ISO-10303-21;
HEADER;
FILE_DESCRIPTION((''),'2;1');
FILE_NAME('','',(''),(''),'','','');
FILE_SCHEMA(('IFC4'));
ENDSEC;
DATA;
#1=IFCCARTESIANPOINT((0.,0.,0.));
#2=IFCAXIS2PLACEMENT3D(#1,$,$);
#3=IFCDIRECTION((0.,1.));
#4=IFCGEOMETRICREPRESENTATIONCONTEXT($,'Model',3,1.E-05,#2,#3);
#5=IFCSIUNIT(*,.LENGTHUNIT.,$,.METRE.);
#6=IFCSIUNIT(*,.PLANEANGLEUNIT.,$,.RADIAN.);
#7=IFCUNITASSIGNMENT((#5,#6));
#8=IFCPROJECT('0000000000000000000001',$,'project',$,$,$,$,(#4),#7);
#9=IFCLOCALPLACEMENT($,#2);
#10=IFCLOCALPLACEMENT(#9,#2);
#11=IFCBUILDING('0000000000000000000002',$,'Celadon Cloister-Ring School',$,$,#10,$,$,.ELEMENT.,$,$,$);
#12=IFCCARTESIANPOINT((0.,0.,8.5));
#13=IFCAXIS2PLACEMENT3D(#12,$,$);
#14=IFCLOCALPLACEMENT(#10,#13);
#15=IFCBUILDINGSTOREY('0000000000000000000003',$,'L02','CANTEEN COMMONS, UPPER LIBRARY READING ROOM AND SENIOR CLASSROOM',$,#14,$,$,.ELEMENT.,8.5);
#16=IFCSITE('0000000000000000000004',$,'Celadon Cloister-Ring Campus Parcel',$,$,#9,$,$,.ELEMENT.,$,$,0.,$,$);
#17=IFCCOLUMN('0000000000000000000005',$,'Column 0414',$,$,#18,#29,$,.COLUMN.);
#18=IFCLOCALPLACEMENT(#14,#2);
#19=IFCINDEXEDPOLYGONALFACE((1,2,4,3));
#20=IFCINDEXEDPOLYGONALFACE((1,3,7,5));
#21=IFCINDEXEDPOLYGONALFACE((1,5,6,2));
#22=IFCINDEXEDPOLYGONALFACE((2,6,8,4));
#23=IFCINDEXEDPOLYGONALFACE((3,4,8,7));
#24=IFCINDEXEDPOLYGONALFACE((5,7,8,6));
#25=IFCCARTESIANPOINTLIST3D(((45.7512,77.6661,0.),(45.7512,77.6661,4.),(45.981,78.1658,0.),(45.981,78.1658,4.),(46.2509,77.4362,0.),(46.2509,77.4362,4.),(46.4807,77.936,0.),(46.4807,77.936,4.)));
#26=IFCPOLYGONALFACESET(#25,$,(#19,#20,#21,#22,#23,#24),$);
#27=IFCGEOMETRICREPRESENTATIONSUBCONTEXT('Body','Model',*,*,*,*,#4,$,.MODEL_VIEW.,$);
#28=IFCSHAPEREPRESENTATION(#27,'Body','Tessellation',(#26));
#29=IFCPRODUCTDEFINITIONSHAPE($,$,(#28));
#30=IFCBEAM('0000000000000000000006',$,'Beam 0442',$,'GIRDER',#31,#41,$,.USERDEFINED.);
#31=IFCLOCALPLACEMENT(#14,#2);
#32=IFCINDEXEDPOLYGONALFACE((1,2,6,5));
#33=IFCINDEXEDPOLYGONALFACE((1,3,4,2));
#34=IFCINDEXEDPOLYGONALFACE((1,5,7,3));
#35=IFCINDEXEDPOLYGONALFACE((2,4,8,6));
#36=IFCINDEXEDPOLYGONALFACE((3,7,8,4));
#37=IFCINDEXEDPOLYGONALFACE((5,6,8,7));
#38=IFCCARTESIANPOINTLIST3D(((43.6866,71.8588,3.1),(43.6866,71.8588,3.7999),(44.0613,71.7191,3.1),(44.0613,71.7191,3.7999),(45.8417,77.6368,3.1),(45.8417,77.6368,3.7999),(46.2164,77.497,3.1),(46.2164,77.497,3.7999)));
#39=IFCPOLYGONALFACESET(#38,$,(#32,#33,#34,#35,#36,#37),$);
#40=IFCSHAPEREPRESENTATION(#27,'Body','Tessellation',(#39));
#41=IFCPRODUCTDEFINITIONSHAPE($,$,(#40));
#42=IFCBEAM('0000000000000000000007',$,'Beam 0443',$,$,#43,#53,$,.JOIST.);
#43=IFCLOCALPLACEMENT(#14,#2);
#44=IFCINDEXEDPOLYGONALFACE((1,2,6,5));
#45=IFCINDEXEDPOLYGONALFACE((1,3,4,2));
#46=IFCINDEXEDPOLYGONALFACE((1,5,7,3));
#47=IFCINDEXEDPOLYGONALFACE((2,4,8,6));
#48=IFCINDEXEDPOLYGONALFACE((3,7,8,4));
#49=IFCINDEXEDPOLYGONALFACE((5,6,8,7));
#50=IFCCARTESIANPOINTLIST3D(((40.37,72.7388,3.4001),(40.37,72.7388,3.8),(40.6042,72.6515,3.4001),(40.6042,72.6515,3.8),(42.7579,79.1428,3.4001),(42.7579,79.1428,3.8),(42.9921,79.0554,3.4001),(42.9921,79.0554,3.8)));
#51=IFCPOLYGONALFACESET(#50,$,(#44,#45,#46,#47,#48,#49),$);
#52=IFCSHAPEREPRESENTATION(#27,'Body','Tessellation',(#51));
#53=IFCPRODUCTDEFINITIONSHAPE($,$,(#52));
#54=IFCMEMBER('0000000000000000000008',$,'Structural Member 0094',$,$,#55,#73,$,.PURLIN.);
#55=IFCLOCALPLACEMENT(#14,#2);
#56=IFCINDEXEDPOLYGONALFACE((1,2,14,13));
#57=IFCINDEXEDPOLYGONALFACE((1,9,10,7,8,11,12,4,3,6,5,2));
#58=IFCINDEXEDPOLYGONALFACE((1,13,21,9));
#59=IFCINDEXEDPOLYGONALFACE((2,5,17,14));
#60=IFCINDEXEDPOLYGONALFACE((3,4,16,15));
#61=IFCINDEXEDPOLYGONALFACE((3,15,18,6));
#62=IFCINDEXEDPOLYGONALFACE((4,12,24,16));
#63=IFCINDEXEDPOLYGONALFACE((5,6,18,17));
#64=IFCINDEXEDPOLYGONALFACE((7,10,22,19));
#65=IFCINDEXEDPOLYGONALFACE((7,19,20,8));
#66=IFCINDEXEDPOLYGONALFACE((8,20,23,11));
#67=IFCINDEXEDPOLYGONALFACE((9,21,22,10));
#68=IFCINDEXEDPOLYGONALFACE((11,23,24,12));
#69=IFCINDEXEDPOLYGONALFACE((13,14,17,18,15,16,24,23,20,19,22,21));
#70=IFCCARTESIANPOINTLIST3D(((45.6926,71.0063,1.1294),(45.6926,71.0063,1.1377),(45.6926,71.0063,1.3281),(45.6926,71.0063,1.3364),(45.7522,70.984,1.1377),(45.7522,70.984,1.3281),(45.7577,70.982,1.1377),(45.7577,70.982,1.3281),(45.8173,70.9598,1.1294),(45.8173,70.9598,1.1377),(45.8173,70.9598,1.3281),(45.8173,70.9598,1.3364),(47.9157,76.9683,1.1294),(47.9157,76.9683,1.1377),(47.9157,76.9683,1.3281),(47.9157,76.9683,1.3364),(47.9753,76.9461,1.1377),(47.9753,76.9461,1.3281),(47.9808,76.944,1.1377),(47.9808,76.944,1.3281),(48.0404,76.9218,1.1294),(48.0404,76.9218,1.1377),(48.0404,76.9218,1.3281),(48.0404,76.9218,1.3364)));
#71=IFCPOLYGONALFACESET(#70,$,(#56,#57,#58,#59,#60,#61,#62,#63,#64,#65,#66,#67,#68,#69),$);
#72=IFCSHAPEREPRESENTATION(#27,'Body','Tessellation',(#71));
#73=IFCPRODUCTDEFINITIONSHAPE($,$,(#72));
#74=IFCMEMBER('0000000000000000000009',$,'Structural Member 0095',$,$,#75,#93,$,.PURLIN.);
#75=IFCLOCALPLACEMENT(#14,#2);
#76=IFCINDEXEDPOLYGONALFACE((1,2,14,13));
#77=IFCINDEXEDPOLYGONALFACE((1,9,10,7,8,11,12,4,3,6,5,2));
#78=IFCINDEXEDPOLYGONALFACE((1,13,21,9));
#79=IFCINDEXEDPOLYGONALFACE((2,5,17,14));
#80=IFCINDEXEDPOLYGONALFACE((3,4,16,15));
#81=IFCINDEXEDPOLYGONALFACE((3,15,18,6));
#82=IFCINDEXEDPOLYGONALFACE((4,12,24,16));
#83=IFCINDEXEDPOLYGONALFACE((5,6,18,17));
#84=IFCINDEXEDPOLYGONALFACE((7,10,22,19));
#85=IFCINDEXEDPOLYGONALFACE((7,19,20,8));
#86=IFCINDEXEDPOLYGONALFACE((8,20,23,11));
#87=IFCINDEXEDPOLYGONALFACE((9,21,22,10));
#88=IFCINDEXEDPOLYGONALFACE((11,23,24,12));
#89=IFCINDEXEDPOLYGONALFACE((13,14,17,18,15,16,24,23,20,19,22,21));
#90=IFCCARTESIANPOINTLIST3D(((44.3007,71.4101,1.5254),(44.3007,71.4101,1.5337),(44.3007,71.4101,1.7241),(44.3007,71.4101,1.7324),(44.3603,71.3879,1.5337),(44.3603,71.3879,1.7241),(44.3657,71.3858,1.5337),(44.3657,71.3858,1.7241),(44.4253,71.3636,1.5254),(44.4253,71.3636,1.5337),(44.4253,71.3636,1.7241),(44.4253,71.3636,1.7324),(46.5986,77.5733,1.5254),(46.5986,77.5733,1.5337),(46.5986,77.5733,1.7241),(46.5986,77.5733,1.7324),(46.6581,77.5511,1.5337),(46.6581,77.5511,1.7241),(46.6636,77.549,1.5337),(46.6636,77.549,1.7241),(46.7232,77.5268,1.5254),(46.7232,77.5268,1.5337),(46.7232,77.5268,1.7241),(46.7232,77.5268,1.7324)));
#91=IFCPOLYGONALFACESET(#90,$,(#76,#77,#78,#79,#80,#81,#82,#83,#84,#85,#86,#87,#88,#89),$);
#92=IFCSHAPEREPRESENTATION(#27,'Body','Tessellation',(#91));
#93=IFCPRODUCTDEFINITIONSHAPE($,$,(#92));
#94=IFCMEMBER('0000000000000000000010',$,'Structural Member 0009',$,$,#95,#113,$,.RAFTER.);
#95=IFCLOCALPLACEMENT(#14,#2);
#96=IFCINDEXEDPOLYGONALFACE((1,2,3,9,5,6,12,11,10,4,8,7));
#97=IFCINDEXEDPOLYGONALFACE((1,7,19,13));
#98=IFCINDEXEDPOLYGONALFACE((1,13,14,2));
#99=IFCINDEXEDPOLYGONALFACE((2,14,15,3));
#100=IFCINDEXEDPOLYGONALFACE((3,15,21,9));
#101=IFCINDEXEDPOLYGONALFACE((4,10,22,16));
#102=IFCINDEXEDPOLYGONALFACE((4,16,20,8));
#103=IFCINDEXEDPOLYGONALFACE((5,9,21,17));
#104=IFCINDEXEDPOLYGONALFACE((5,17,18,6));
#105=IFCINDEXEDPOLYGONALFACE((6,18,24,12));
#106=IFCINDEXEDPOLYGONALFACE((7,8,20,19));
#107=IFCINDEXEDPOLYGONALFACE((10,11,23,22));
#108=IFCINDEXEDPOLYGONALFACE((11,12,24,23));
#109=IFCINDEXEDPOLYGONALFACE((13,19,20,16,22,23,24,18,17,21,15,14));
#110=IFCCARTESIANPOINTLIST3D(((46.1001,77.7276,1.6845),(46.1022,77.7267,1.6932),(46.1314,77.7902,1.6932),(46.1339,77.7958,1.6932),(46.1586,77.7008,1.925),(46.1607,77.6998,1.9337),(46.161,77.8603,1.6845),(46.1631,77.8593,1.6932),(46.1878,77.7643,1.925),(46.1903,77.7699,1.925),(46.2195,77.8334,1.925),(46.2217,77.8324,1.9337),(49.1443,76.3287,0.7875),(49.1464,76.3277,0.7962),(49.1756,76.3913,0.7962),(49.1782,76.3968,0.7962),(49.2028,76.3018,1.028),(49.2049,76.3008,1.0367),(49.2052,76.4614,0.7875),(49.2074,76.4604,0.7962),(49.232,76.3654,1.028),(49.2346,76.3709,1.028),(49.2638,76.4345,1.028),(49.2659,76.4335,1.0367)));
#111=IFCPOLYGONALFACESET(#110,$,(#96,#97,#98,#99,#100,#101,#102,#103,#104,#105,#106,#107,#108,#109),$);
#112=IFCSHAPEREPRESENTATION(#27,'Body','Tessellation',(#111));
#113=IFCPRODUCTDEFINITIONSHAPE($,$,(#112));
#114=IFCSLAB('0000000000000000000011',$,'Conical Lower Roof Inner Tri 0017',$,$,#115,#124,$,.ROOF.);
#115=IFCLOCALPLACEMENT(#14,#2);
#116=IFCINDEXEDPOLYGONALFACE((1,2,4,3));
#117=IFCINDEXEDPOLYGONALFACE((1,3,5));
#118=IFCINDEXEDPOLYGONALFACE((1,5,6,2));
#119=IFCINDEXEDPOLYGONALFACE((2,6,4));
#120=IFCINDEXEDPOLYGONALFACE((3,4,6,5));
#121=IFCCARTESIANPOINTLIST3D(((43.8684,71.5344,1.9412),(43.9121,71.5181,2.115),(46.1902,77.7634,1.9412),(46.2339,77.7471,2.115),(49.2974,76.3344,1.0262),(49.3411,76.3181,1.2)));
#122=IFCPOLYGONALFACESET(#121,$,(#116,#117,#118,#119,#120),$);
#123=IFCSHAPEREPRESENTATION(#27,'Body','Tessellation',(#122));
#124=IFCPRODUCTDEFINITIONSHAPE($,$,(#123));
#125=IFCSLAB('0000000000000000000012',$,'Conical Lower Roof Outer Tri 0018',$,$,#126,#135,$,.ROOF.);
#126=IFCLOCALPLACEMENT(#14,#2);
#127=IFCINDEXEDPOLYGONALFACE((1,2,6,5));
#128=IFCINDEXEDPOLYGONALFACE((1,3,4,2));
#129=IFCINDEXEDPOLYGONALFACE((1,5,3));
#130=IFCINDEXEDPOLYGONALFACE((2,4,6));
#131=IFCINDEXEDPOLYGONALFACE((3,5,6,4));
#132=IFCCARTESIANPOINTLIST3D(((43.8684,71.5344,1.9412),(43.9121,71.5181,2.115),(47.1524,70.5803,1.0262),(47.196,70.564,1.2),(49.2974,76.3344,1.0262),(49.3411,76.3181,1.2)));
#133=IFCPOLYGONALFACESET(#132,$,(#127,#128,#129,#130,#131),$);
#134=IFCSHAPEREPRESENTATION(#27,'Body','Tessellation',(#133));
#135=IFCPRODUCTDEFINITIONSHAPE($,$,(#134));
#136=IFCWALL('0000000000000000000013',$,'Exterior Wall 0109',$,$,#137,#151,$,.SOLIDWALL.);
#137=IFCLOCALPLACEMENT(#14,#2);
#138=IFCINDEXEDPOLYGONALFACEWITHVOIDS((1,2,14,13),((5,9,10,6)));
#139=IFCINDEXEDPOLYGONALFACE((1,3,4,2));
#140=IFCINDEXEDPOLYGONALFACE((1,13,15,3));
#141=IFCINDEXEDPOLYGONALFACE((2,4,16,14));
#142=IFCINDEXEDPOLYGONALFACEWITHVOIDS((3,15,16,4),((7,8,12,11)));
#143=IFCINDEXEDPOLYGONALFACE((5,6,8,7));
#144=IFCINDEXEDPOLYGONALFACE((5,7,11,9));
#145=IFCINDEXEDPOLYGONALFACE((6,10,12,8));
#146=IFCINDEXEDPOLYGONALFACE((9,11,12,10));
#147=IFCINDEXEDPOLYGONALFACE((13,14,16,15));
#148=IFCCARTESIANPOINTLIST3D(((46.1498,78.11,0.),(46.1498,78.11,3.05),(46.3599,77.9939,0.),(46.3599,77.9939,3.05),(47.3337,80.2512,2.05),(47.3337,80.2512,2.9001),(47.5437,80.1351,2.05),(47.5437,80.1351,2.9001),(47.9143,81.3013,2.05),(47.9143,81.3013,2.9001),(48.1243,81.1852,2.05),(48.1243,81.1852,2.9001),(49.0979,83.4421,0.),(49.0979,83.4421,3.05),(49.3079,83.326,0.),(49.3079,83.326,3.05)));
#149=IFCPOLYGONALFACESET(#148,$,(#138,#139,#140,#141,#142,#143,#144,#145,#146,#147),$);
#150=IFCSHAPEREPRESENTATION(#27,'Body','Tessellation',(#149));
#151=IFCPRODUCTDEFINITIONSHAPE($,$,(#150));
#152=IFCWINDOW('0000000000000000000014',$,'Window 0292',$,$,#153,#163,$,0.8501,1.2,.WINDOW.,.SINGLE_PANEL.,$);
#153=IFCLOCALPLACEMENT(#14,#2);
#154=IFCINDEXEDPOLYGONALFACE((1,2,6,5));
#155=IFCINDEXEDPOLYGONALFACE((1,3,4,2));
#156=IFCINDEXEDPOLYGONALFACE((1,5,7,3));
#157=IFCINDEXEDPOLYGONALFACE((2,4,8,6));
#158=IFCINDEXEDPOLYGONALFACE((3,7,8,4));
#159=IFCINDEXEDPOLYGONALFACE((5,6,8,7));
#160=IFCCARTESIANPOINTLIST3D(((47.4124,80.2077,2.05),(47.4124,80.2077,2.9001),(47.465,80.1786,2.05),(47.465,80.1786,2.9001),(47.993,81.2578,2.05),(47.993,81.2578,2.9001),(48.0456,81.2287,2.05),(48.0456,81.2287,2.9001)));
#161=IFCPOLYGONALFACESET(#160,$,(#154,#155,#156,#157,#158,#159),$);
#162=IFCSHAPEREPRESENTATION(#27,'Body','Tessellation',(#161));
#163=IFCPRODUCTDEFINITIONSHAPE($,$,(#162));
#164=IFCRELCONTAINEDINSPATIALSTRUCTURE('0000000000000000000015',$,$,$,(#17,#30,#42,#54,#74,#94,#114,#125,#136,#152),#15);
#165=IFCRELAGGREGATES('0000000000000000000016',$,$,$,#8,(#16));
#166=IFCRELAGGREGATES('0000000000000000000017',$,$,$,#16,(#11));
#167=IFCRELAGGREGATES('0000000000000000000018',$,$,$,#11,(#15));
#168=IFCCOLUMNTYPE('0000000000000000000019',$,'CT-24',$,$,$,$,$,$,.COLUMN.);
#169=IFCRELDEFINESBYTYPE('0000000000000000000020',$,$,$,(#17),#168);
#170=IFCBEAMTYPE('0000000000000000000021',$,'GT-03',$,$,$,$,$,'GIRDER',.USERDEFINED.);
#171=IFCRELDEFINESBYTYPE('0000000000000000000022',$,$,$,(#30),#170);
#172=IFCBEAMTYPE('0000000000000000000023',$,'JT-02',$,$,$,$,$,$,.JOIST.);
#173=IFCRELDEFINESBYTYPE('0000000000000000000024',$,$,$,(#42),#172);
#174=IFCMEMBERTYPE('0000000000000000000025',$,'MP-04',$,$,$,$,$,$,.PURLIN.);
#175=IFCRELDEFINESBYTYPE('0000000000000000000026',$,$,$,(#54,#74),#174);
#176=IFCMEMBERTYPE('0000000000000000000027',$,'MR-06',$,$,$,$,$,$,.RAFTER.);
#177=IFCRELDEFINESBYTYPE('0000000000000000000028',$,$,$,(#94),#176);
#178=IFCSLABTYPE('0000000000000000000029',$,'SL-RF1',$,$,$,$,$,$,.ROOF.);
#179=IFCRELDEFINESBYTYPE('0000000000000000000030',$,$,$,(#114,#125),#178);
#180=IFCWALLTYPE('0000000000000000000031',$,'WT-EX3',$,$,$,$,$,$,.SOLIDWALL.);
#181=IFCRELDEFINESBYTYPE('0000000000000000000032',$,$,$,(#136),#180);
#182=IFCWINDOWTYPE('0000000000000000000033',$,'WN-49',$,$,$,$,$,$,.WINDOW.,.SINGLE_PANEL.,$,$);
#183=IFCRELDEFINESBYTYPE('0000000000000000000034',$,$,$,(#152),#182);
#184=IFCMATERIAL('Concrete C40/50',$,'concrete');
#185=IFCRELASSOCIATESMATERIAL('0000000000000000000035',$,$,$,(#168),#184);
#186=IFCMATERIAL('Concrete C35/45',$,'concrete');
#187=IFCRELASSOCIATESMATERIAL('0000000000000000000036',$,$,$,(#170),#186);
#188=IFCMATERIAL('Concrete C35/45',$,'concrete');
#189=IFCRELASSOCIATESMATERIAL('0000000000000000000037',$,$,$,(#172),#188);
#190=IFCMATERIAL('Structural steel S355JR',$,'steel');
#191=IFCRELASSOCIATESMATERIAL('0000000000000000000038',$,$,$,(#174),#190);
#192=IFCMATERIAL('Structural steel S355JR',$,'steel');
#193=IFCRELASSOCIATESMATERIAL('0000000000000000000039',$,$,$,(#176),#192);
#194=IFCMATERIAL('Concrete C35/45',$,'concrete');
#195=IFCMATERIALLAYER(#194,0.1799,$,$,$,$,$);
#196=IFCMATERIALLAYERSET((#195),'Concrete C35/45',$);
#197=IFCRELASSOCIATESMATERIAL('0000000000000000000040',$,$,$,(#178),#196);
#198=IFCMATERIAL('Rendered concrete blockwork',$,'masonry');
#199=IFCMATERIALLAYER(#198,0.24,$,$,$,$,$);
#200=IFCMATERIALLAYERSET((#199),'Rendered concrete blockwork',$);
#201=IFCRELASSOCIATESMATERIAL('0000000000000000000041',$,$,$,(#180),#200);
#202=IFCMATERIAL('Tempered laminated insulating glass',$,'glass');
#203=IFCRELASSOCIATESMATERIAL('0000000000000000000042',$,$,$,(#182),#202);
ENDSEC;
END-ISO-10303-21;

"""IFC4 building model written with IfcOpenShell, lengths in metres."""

from ifc_helpers import new_model, si_unit, direction, frame, frame_2d, origin, origin_2d, place, context, subcontext, project, spatial, polyline, rectangle, i_section, outline, extrude, material, layer, layer_set, material_profile, profile_set, type_object, element, fill, save


model = new_model("IFC4")

# Units and contexts
model_context = context("Model", 3, precision=1e-05, world=origin(), true_north=direction((0.0, 1.0)))
body_context = subcontext(model_context, "Body", "Model", "MODEL_VIEW")
ifc_project = project(units=[si_unit("LENGTHUNIT", "METRE"), si_unit("PLANEANGLEUNIT", "RADIAN")], contexts=[model_context])

# Site, building, storey
site_placement = place(None, origin())
site = spatial("IfcSite", under=ifc_project, at=site_placement, Name="Celadon Cloister-Ring Campus Parcel", CompositionType="ELEMENT", RefElevation=0.0)
building_placement = place(site_placement, origin())
building = spatial("IfcBuilding", under=site, at=building_placement, Name="Celadon Cloister-Ring School", CompositionType="ELEMENT")
storey_placement = place(building_placement, frame((0.0, 0.0, 8.5)))
storey = spatial("IfcBuildingStorey", under=building, at=storey_placement, Name="L02", Description="CANTEEN COMMONS, UPPER LIBRARY READING ROOM AND SENIOR CLASSROOM", CompositionType="ELEMENT", Elevation=8.5)

# Column
ifc_material_1 = material(Name="Concrete C40/50", Category="concrete")
ifc_material_profile_1 = material_profile(ifc_material_1, rectangle(XDim=0.55, YDim=0.55, at=origin_2d()), Name="RC550X550")
ifc_profile_set_1 = profile_set([ifc_material_profile_1], Name="Concrete C40/50")
column_type = type_object("IfcColumnType", Name="CT-24", PredefinedType="COLUMN", material=ifc_profile_set_1)
column_placement = place(storey_placement, frame((46.116, 77.801, 0.0), z_axis=(0.0, 0.0, 1.0), x_axis=(-0.908537, 0.417804, 0.0)))
element("IfcColumn", 1, at=column_placement, inside=storey, type_object=column_type, Name="Column 0414", PredefinedType="COLUMN", context=body_context, shape_type="SweptSolid", body=[
    extrude(rectangle(XDim=0.55, YDim=0.55, at=origin_2d()), origin(), (0.0, 0.0, 1.0), 4.0),
])

# Beams
ifc_material_2 = material(Name="Concrete C35/45", Category="concrete")
ifc_material_profile_2 = material_profile(ifc_material_2, rectangle(XDim=0.3999, YDim=0.7, at=origin_2d()), Name="RC400X700")
ifc_profile_set_2 = profile_set([ifc_material_profile_2], Name="Concrete C35/45")
beam_type_1 = type_object("IfcBeamType", Name="GT-03", ElementType="GIRDER", PredefinedType="USERDEFINED", material=ifc_profile_set_2)
beam_1_placement = place(storey_placement, frame((46.0291, 77.5669, 3.45), z_axis=(-0.349466, -0.936949, 0.0), x_axis=(0.936949, -0.349466, 0.0)))
element("IfcBeam", 2, at=beam_1_placement, inside=storey, type_object=beam_type_1, Name="Beam 0442", ObjectType="GIRDER", PredefinedType="USERDEFINED", context=body_context, shape_type="SweptSolid", body=[
    extrude(rectangle(XDim=0.3999, YDim=0.7, at=origin_2d()), origin(), (0.0, 0.0, 1.0), 6.1667),
])
ifc_material_3 = material(Name="Concrete C35/45", Category="concrete")
ifc_material_profile_3 = material_profile(ifc_material_3, rectangle(XDim=0.25, YDim=0.3999, at=origin_2d()), Name="RC250X400")
ifc_profile_set_3 = profile_set([ifc_material_profile_3], Name="Concrete C35/45")
beam_type_2 = type_object("IfcBeamType", Name="JT-02", PredefinedType="JOIST", material=ifc_profile_set_3)
beam_2_placement = place(storey_placement, frame((42.875, 79.0991, 3.6001), z_axis=(-0.349381, -0.936981, 0.0), x_axis=(0.936981, -0.349381, 0.0)))
element("IfcBeam", 3, at=beam_2_placement, inside=storey, type_object=beam_type_2, Name="Beam 0443", PredefinedType="JOIST", context=body_context, shape_type="SweptSolid", body=[
    extrude(rectangle(XDim=0.25, YDim=0.3999, at=origin_2d()), origin(), (0.0, 0.0, 1.0), 6.8347),
])

# Members
ifc_material_4 = material(Name="Structural steel S355JR", Category="steel")
ifc_material_profile_4 = material_profile(ifc_material_4, i_section(OverallWidth=0.1331, OverallDepth=0.207, WebThickness=0.0059, FlangeThickness=0.0083, at=origin_2d()), Name="W200X27")
ifc_profile_set_4 = profile_set([ifc_material_profile_4], Name="Structural steel S355JR")
member_type_1 = type_object("IfcMemberType", Name="MP-04", PredefinedType="PURLIN", material=ifc_profile_set_4)
member_1_placement = place(storey_placement, frame((47.978, 76.9451, 1.2329), z_axis=(-0.349378, -0.936982, 0.0), x_axis=(0.936982, -0.349378, 0.0)))
element("IfcMember", 4, at=member_1_placement, inside=storey, type_object=member_type_1, Name="Structural Member 0094", PredefinedType="PURLIN", context=body_context, shape_type="SweptSolid", body=[
    extrude(i_section(OverallWidth=0.1331, OverallDepth=0.207, WebThickness=0.0059, FlangeThickness=0.0083, at=origin_2d()), origin(), (0.0, 0.0, 1.0), 6.363),
])
member_2_placement = place(storey_placement, frame((46.6609, 77.55, 1.6289), z_axis=(-0.349349, -0.936993, 0.0), x_axis=(0.936993, -0.349349, 0.0)))
element("IfcMember", 5, at=member_2_placement, inside=storey, type_object=member_type_1, Name="Structural Member 0095", PredefinedType="PURLIN", context=body_context, shape_type="SweptSolid", body=[
    extrude(i_section(OverallWidth=0.1331, OverallDepth=0.207, WebThickness=0.0059, FlangeThickness=0.0083, at=origin_2d()), origin(), (0.0, 0.0, 1.0), 6.5776),
])
ifc_material_5 = material(Name="Structural steel S355JR", Category="steel")
ifc_material_profile_5 = material_profile(ifc_material_5, i_section(OverallWidth=0.146, OverallDepth=0.2581, WebThickness=0.0061, FlangeThickness=0.009, at=origin_2d()), Name="W250X33")
ifc_profile_set_5 = profile_set([ifc_material_profile_5], Name="Structural steel S355JR")
member_type_2 = type_object("IfcMemberType", Name="MR-06", PredefinedType="RAFTER", material=ifc_profile_set_5)
member_3_placement = place(storey_placement, frame((49.2051, 76.3811, 0.9121), z_axis=(-0.877735, 0.403354, 0.258625), x_axis=(-0.41756, -0.908649, 0.0)))
element("IfcMember", 6, at=member_3_placement, inside=storey, type_object=member_type_2, Name="Structural Member 0009", PredefinedType="RAFTER", context=body_context, shape_type="SweptSolid", body=[
    extrude(i_section(OverallWidth=0.146, OverallDepth=0.2581, WebThickness=0.0061, FlangeThickness=0.009, at=origin_2d()), origin(), (0.0, 0.0, 1.0), 3.4683),
])

# Slabs
ifc_material_6 = material(Name="Concrete C35/45", Category="concrete")
ifc_layer_1 = layer(ifc_material_6, 0.1799)
ifc_layer_set_1 = layer_set([ifc_layer_1], Name="Concrete C35/45")
slab_type = type_object("IfcSlabType", Name="SL-RF1", PredefinedType="ROOF", material=ifc_layer_set_1)
slab_1_placement = place(storey_placement, frame((49.3411, 76.3181, 1.2), z_axis=(0.242811, -0.090505, 0.965843), x_axis=(-0.877658, 0.403625, 0.258463)))
element("IfcSlab", 7, at=slab_1_placement, inside=storey, type_object=slab_type, Name="Conical Lower Roof Inner Tri 0017", PredefinedType="ROOF", context=body_context, shape_type="SweptSolid", body=[
    extrude(outline(polyline([(0.0, 0.0), (3.5403, 0.0), (3.0639, 6.6305), (0.0, 0.0)])), origin(), (0.0, 0.0, -1.0), 0.1799),
])
slab_2_placement = place(storey_placement, frame((49.3411, 76.3181, 1.2), z_axis=(0.242823, -0.090519, 0.965838), x_axis=(-0.743265, -0.657163, 0.125276)))
element("IfcSlab", 8, at=slab_2_placement, inside=storey, type_object=slab_type, Name="Conical Lower Roof Outer Tri 0018", PredefinedType="ROOF", context=body_context, shape_type="SweptSolid", body=[
    extrude(outline(polyline([(0.0, 0.0), (7.3042, 0.0), (5.3757, 2.9686), (0.0, 0.0)])), origin(), (0.0, 0.0, -1.0), 0.1799),
])

# Wall, opening, window
ifc_material_7 = material(Name="Rendered concrete blockwork", Category="masonry")
ifc_layer_2 = layer(ifc_material_7, 0.24)
ifc_layer_set_2 = layer_set([ifc_layer_2], Name="Rendered concrete blockwork")
wall_type_1 = type_object("IfcWallType", Name="WT-EX3", PredefinedType="SOLIDWALL", material=ifc_layer_set_2)
wall_1_placement = place(storey_placement, frame((49.2029, 83.384, 0.0), z_axis=(0.0, 0.0, 1.0), x_axis=(-0.483856, -0.875148, 0.0)))
wall_1 = element("IfcWall", 9, at=wall_1_placement, inside=storey, type_object=wall_type_1, Name="Exterior Wall 0109", PredefinedType="SOLIDWALL", context=body_context, shape_type="SweptSolid", body=[
    extrude(rectangle(XDim=6.0928, YDim=0.24, at=frame_2d((3.0464, 0.0))), origin(), (0.0, 0.0, 1.0), 3.05),
])
opening_1_placement = place(wall_1_placement, frame((2.446, 0.0, 2.05)))
opening_1 = element("IfcOpeningElement", 10, at=opening_1_placement, cuts=wall_1, PredefinedType="OPENING", context=body_context, shape_type="SweptSolid", body=[
    extrude(rectangle(XDim=1.2, YDim=0.8501, at=frame_2d((0.6001, 0.425))), frame((0.0, 0.1299, 0.0), z_axis=(0.0, -1.0, 0.0), x_axis=(1.0, 0.0, 0.0)), (0.0, 0.0, 1.0), 0.26),
])
ifc_material_8 = material(Name="Tempered laminated insulating glass", Category="glass")
window_type = type_object("IfcWindowType", Name="WN-49", PartitioningType="SINGLE_PANEL", PredefinedType="WINDOW", material=ifc_material_8)
window_1_placement = place(opening_1_placement, origin())
window_1 = element("IfcWindow", 11, at=window_1_placement, inside=storey, type_object=window_type, Name="Window 0292", OverallHeight=0.8501, OverallWidth=1.2, PartitioningType="SINGLE_PANEL", PredefinedType="WINDOW", context=body_context, shape_type="SweptSolid", body=[
    extrude(rectangle(XDim=1.2, YDim=0.8501, at=frame_2d((0.6001, 0.425))), frame((0.0, 0.03, 0.0), z_axis=(0.0, -1.0, 0.0), x_axis=(1.0, 0.0, 0.0)), (0.0, 0.0, 1.0), 0.0601),
])
fill(opening_1, window_1)

save(model, "model.ifc")
